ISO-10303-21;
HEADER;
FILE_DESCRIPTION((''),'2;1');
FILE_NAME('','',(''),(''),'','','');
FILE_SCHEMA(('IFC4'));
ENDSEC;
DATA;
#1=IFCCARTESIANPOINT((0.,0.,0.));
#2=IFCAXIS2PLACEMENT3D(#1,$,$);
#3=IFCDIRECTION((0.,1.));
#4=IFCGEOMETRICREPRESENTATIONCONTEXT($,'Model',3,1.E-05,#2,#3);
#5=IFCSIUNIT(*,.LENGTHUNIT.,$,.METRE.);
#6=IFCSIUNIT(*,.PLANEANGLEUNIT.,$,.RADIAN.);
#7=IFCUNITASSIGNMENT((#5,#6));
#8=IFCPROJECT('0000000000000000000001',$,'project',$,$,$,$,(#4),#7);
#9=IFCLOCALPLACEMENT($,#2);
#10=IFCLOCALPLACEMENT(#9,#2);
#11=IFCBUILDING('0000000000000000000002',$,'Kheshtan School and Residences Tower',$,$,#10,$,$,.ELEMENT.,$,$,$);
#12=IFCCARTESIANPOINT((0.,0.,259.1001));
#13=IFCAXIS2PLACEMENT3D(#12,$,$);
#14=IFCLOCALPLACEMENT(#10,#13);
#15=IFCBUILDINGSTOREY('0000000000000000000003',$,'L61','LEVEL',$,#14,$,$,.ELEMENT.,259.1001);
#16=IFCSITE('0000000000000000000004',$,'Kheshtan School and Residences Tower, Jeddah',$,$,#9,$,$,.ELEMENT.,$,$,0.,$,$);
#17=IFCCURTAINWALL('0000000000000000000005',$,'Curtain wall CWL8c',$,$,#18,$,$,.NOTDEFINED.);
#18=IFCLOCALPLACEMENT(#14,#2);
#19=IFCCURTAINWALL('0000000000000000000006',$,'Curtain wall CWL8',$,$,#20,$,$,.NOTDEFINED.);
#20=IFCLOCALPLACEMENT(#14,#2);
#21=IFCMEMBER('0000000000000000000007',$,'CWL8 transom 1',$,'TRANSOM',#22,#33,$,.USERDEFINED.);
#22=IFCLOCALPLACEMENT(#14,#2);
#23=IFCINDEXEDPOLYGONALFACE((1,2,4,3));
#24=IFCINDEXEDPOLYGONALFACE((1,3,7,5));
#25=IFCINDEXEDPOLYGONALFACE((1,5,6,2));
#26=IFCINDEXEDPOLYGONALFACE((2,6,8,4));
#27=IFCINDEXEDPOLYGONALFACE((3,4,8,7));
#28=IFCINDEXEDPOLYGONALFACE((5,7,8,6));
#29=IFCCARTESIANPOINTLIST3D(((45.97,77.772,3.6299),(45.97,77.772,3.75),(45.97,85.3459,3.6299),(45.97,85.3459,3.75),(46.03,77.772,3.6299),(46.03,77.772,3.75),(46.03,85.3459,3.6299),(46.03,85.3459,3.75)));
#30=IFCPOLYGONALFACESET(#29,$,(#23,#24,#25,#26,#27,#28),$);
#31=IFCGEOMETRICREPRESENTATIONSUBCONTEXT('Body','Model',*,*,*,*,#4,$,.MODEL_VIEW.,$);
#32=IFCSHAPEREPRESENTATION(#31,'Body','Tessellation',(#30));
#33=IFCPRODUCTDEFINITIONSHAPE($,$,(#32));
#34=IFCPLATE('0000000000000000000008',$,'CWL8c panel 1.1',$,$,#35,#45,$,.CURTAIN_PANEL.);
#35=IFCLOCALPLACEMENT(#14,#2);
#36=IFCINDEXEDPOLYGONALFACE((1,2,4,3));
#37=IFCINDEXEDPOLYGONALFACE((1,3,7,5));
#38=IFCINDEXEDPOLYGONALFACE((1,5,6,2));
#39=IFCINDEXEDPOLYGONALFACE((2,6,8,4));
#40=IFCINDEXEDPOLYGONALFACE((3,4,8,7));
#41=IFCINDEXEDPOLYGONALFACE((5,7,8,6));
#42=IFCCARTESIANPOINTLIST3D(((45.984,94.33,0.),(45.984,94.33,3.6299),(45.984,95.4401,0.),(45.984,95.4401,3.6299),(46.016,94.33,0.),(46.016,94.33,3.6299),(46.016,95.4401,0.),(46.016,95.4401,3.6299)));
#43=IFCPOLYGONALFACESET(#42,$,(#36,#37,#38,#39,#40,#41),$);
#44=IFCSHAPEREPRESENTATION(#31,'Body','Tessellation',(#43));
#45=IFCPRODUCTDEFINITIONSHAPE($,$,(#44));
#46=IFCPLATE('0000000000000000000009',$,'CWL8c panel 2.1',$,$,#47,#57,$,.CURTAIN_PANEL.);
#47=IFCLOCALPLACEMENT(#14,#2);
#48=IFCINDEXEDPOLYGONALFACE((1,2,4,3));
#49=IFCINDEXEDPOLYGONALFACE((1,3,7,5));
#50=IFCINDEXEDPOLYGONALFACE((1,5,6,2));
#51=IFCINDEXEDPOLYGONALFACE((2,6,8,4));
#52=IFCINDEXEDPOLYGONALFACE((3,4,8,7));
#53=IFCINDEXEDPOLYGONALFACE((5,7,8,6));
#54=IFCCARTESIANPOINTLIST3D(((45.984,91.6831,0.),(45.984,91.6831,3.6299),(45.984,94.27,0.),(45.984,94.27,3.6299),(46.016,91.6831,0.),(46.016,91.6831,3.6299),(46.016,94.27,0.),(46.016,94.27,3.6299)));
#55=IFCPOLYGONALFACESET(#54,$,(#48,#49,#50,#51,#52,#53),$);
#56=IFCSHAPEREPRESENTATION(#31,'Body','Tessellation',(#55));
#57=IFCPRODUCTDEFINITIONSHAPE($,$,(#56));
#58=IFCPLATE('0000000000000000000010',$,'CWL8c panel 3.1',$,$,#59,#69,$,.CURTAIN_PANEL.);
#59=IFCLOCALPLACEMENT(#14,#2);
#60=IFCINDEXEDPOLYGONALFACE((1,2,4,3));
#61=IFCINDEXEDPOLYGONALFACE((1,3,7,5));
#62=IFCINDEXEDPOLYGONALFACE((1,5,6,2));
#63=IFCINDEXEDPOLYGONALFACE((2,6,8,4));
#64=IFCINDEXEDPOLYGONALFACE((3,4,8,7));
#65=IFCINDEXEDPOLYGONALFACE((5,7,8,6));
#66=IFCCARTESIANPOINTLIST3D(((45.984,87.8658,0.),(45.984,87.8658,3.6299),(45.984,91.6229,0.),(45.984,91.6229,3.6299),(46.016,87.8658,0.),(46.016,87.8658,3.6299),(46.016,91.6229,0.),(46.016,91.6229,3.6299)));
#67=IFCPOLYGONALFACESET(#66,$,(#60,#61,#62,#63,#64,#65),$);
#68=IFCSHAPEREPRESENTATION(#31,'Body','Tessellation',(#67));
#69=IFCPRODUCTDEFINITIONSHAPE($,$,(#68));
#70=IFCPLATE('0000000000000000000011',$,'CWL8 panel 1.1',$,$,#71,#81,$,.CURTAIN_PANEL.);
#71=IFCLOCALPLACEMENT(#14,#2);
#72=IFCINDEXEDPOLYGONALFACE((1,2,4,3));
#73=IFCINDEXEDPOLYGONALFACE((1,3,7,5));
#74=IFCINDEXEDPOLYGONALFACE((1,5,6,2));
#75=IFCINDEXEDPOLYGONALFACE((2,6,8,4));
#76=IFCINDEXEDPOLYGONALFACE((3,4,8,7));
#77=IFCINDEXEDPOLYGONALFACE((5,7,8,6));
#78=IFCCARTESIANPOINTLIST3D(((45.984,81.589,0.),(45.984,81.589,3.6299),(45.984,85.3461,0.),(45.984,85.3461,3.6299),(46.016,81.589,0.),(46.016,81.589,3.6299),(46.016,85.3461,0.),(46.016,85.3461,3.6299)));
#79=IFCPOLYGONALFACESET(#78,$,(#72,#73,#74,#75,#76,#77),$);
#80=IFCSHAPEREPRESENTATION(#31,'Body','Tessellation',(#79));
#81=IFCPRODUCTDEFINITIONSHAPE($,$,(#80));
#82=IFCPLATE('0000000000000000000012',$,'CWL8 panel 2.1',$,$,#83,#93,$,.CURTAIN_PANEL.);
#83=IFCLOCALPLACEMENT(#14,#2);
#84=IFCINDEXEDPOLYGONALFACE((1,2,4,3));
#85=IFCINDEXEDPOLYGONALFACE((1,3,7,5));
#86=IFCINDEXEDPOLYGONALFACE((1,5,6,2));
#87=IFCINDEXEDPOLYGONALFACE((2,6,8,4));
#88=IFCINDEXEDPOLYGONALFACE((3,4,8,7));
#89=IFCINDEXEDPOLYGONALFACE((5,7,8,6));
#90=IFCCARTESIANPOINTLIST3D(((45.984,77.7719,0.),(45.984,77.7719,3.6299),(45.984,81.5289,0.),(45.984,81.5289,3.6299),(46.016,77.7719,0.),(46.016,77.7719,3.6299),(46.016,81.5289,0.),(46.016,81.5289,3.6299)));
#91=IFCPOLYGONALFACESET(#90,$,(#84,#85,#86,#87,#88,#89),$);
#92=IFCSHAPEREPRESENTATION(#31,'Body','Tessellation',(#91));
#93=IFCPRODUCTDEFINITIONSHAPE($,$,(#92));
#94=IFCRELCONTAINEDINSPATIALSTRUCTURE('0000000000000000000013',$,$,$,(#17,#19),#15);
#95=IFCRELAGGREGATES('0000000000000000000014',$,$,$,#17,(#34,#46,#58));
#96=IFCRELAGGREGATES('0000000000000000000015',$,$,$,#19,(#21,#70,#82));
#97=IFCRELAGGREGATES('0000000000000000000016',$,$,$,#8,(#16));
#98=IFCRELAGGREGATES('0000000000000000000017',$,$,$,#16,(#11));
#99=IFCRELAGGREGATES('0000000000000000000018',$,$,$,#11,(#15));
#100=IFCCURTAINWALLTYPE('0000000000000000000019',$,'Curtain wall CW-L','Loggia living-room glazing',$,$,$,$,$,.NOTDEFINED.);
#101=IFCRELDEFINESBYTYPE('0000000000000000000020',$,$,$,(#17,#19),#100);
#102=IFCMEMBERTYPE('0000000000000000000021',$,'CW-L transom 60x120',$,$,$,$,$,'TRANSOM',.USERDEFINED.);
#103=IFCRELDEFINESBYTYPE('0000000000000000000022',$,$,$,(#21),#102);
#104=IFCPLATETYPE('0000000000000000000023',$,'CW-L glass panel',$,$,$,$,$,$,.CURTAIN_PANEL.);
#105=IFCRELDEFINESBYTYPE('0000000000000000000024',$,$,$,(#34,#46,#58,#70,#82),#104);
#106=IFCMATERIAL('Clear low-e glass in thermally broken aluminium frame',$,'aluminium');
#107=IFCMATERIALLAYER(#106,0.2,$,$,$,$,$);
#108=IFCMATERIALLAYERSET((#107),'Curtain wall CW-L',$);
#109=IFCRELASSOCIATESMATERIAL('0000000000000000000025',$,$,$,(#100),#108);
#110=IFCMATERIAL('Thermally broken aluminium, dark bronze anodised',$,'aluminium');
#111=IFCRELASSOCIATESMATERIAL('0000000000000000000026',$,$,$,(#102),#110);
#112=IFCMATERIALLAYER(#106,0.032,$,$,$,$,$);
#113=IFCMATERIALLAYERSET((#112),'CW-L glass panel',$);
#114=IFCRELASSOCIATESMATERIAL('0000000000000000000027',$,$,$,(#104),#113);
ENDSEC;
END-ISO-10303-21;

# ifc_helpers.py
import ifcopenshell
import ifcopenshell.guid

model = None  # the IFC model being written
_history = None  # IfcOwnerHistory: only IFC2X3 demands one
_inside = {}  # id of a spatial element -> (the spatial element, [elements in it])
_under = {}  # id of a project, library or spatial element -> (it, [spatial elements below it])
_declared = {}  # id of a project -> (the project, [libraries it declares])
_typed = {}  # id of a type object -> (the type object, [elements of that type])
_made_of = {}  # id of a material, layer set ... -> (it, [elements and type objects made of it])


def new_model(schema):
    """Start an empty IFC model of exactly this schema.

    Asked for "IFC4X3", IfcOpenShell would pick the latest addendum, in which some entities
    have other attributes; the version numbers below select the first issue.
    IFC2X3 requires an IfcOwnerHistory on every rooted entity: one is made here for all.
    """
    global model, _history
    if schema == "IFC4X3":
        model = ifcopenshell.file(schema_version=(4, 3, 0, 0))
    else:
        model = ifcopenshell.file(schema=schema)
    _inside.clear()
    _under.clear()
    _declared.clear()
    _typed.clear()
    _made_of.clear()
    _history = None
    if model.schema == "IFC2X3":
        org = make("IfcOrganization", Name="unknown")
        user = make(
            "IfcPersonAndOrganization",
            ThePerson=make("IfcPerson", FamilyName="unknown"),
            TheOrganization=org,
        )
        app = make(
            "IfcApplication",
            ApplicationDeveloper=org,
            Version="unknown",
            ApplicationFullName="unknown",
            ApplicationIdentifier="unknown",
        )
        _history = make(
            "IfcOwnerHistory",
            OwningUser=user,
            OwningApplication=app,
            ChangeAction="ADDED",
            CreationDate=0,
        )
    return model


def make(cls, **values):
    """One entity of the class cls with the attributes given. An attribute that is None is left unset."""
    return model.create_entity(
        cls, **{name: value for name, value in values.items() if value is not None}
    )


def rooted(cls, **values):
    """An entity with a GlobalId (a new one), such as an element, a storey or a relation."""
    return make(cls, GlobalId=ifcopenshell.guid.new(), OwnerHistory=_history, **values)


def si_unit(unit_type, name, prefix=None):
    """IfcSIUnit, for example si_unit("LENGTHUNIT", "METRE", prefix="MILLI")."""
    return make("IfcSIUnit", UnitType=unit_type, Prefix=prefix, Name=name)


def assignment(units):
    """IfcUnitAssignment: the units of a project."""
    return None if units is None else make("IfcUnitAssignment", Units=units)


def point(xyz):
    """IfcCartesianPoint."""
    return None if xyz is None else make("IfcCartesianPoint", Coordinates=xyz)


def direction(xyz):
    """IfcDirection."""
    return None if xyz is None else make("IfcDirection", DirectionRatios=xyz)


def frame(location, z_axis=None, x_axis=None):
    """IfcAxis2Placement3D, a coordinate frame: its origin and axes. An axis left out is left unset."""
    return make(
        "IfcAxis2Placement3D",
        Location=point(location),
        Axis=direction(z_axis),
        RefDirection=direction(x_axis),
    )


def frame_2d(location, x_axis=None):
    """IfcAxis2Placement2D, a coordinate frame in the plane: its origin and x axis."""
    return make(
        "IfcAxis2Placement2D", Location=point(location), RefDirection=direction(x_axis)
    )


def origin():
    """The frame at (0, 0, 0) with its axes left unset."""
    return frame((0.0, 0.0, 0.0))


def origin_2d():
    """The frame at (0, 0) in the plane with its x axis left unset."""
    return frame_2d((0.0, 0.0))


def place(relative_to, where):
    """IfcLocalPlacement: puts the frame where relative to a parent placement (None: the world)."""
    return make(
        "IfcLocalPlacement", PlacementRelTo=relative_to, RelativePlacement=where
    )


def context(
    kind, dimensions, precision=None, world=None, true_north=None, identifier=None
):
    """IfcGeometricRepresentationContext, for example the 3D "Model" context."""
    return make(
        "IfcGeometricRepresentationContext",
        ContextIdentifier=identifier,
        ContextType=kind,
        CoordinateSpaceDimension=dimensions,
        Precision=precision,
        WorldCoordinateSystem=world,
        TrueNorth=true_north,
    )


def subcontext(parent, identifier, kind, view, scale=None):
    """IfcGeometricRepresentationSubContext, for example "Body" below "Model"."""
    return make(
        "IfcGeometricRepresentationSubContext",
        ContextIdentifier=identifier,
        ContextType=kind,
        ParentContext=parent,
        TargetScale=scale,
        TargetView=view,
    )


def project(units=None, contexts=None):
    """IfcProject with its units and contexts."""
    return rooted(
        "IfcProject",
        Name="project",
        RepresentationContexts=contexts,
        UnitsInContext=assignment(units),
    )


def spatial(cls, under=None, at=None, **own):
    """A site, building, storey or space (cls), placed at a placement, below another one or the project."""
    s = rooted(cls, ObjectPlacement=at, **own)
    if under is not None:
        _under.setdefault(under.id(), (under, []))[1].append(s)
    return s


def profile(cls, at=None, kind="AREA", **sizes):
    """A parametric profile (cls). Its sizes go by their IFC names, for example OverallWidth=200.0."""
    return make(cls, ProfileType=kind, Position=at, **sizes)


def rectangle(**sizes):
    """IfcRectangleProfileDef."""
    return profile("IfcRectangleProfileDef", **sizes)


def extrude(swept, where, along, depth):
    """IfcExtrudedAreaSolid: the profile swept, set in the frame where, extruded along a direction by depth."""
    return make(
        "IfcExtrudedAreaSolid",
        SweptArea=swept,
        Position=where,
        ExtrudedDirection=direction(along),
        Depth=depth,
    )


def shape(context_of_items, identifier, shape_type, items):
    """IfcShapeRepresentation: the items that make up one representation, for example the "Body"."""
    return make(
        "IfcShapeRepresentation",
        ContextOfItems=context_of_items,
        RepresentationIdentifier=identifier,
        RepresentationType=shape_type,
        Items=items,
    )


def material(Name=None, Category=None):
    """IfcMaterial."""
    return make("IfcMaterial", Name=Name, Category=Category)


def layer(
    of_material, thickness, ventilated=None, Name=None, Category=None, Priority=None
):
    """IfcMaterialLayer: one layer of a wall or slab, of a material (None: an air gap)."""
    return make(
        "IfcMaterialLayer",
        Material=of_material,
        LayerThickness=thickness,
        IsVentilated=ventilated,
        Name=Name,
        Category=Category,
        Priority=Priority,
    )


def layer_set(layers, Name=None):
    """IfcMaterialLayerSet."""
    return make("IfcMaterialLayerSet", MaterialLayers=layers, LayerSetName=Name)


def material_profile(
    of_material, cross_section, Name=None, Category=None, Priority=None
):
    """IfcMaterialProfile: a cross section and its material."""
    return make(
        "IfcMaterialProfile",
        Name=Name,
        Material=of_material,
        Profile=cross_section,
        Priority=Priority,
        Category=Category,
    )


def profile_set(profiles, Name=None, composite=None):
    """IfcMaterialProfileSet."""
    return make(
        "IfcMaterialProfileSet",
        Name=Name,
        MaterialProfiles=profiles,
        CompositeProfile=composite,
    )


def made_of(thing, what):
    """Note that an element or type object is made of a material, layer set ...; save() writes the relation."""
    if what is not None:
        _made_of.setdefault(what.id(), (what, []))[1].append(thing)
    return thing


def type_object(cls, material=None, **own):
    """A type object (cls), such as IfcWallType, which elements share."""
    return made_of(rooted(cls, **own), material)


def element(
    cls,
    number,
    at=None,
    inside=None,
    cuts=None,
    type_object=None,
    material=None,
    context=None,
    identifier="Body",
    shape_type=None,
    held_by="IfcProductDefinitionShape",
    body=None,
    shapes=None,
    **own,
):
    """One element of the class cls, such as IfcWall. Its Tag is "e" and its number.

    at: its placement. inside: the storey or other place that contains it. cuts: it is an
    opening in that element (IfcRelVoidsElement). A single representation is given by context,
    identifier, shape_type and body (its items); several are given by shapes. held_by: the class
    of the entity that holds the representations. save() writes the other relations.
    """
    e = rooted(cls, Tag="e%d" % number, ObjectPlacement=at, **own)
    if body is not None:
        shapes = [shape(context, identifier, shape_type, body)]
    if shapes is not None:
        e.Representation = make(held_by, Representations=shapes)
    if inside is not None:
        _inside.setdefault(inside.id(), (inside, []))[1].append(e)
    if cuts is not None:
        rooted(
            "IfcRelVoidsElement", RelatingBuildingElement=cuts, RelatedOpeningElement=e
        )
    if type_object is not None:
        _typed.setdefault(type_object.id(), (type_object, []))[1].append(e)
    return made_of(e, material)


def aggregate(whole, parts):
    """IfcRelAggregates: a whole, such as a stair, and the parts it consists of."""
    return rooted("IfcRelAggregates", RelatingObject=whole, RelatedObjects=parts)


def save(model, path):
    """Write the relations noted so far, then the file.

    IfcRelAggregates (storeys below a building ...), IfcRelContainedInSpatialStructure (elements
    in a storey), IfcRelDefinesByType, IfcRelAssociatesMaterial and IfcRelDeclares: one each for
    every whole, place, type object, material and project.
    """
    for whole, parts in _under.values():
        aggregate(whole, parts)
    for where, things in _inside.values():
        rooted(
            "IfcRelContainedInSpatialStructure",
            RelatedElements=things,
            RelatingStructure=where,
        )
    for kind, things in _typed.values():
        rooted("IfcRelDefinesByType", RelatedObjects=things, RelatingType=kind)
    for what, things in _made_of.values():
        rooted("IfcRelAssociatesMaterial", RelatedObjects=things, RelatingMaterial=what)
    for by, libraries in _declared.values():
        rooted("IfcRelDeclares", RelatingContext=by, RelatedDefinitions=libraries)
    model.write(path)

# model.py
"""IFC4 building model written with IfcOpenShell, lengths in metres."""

from ifc_helpers import new_model, si_unit, direction, frame, origin, origin_2d, place, context, subcontext, project, spatial, rectangle, extrude, material, layer, layer_set, material_profile, profile_set, type_object, element, aggregate, save


model = new_model("IFC4")

# Units and contexts
model_context = context("Model", 3, precision=1e-05, world=origin(), true_north=direction((0.0, 1.0)))
body_context = subcontext(model_context, "Body", "Model", "MODEL_VIEW")
ifc_project = project(units=[si_unit("LENGTHUNIT", "METRE"), si_unit("PLANEANGLEUNIT", "RADIAN")], contexts=[model_context])

# Site, building, storey
site_placement = place(None, origin())
site = spatial("IfcSite", under=ifc_project, at=site_placement, Name="Kheshtan School and Residences Tower, Jeddah", CompositionType="ELEMENT", RefElevation=0.0)
building_placement = place(site_placement, origin())
building = spatial("IfcBuilding", under=site, at=building_placement, Name="Kheshtan School and Residences Tower", CompositionType="ELEMENT")
storey_placement = place(building_placement, frame((0.0, 0.0, 259.1001)))
storey = spatial("IfcBuildingStorey", under=building, at=storey_placement, Name="L61", Description="LEVEL", CompositionType="ELEMENT", Elevation=259.1001)

# Curtain walls
ifc_material_1 = material(Name="Clear low-e glass in thermally broken aluminium frame", Category="aluminium")
ifc_layer_1 = layer(ifc_material_1, 0.2)
ifc_layer_set_1 = layer_set([ifc_layer_1], Name="Curtain wall CW-L")
curtain_wall_type = type_object("IfcCurtainWallType", Name="Curtain wall CW-L", Description="Loggia living-room glazing", PredefinedType="NOTDEFINED", material=ifc_layer_set_1)
curtain_wall_1_placement = place(storey_placement, origin())
curtain_wall_1 = element("IfcCurtainWall", 1, at=curtain_wall_1_placement, inside=storey, type_object=curtain_wall_type, Name="Curtain wall CWL8c", PredefinedType="NOTDEFINED")
ifc_material_2 = material(Name="Thermally broken aluminium, dark bronze anodised", Category="aluminium")
curtain_wall_2_placement = place(storey_placement, origin())
curtain_wall_2 = element("IfcCurtainWall", 2, at=curtain_wall_2_placement, inside=storey, type_object=curtain_wall_type, Name="Curtain wall CWL8", PredefinedType="NOTDEFINED")

# Member
ifc_material_profile_1 = material_profile(ifc_material_2, rectangle(XDim=0.0601, YDim=0.1201, at=origin_2d()), Name="CW-L transom 60x120")
ifc_profile_set_1 = profile_set([ifc_material_profile_1], Name="Thermally broken aluminium, dark bronze anodised")
member_type_1 = type_object("IfcMemberType", Name="CW-L transom 60x120", ElementType="TRANSOM", PredefinedType="USERDEFINED", material=ifc_profile_set_1)
member_1_placement = place(storey_placement, frame((46.0, 85.3459, 3.6899), z_axis=(0.0, -1.0, 0.0), x_axis=(1.0, 0.0, 0.0)))
member_1 = element("IfcMember", 3, at=member_1_placement, type_object=member_type_1, Name="CWL8 transom 1", ObjectType="TRANSOM", PredefinedType="USERDEFINED", context=body_context, shape_type="SweptSolid", body=[
    extrude(rectangle(XDim=0.0601, YDim=0.1201, at=origin_2d()), origin(), (0.0, 0.0, 1.0), 7.574),
])

# Plates
ifc_layer_2 = layer(ifc_material_1, 0.032)
ifc_layer_set_2 = layer_set([ifc_layer_2], Name="CW-L glass panel")
plate_type = type_object("IfcPlateType", Name="CW-L glass panel", PredefinedType="CURTAIN_PANEL", material=ifc_layer_set_2)
plate_1_placement = place(storey_placement, frame((46.0, 94.885, 0.0), z_axis=(0.0, 0.0, 1.0), x_axis=(0.0, -1.0, 0.0)))
plate_1 = element("IfcPlate", 4, at=plate_1_placement, type_object=plate_type, Name="CWL8c panel 1.1", PredefinedType="CURTAIN_PANEL", context=body_context, shape_type="SweptSolid", body=[
    extrude(rectangle(XDim=1.1101, YDim=0.032, at=origin_2d()), origin(), (0.0, 0.0, 1.0), 3.6299),
])
plate_2_placement = place(storey_placement, frame((46.0, 92.9766, 0.0), z_axis=(0.0, 0.0, 1.0), x_axis=(0.0, -1.0, 0.0)))
plate_2 = element("IfcPlate", 5, at=plate_2_placement, type_object=plate_type, Name="CWL8c panel 2.1", PredefinedType="CURTAIN_PANEL", context=body_context, shape_type="SweptSolid", body=[
    extrude(rectangle(XDim=2.5869, YDim=0.032, at=origin_2d()), origin(), (0.0, 0.0, 1.0), 3.6299),
])
plate_3_placement = place(storey_placement, frame((46.0, 89.7444, 0.0), z_axis=(0.0, 0.0, 1.0), x_axis=(0.0, -1.0, 0.0)))
plate_3 = element("IfcPlate", 6, at=plate_3_placement, type_object=plate_type, Name="CWL8c panel 3.1", PredefinedType="CURTAIN_PANEL", context=body_context, shape_type="SweptSolid", body=[
    extrude(rectangle(XDim=3.7571, YDim=0.032, at=origin_2d()), origin(), (0.0, 0.0, 1.0), 3.6299),
])
aggregate(curtain_wall_1, [plate_1, plate_2, plate_3])
plate_4_placement = place(storey_placement, frame((46.0, 83.4675, 0.0), z_axis=(0.0, 0.0, 1.0), x_axis=(0.0, -1.0, 0.0)))
plate_4 = element("IfcPlate", 7, at=plate_4_placement, type_object=plate_type, Name="CWL8 panel 1.1", PredefinedType="CURTAIN_PANEL", context=body_context, shape_type="SweptSolid", body=[
    extrude(rectangle(XDim=3.7571, YDim=0.032, at=origin_2d()), origin(), (0.0, 0.0, 1.0), 3.6299),
])
plate_5_placement = place(storey_placement, frame((46.0, 79.6504, 0.0), z_axis=(0.0, 0.0, 1.0), x_axis=(0.0, -1.0, 0.0)))
plate_5 = element("IfcPlate", 8, at=plate_5_placement, type_object=plate_type, Name="CWL8 panel 2.1", PredefinedType="CURTAIN_PANEL", context=body_context, shape_type="SweptSolid", body=[
    extrude(rectangle(XDim=3.7571, YDim=0.032, at=origin_2d()), origin(), (0.0, 0.0, 1.0), 3.6299),
])
aggregate(curtain_wall_2, [member_1, plate_4, plate_5])

save(model, "model.ifc")
